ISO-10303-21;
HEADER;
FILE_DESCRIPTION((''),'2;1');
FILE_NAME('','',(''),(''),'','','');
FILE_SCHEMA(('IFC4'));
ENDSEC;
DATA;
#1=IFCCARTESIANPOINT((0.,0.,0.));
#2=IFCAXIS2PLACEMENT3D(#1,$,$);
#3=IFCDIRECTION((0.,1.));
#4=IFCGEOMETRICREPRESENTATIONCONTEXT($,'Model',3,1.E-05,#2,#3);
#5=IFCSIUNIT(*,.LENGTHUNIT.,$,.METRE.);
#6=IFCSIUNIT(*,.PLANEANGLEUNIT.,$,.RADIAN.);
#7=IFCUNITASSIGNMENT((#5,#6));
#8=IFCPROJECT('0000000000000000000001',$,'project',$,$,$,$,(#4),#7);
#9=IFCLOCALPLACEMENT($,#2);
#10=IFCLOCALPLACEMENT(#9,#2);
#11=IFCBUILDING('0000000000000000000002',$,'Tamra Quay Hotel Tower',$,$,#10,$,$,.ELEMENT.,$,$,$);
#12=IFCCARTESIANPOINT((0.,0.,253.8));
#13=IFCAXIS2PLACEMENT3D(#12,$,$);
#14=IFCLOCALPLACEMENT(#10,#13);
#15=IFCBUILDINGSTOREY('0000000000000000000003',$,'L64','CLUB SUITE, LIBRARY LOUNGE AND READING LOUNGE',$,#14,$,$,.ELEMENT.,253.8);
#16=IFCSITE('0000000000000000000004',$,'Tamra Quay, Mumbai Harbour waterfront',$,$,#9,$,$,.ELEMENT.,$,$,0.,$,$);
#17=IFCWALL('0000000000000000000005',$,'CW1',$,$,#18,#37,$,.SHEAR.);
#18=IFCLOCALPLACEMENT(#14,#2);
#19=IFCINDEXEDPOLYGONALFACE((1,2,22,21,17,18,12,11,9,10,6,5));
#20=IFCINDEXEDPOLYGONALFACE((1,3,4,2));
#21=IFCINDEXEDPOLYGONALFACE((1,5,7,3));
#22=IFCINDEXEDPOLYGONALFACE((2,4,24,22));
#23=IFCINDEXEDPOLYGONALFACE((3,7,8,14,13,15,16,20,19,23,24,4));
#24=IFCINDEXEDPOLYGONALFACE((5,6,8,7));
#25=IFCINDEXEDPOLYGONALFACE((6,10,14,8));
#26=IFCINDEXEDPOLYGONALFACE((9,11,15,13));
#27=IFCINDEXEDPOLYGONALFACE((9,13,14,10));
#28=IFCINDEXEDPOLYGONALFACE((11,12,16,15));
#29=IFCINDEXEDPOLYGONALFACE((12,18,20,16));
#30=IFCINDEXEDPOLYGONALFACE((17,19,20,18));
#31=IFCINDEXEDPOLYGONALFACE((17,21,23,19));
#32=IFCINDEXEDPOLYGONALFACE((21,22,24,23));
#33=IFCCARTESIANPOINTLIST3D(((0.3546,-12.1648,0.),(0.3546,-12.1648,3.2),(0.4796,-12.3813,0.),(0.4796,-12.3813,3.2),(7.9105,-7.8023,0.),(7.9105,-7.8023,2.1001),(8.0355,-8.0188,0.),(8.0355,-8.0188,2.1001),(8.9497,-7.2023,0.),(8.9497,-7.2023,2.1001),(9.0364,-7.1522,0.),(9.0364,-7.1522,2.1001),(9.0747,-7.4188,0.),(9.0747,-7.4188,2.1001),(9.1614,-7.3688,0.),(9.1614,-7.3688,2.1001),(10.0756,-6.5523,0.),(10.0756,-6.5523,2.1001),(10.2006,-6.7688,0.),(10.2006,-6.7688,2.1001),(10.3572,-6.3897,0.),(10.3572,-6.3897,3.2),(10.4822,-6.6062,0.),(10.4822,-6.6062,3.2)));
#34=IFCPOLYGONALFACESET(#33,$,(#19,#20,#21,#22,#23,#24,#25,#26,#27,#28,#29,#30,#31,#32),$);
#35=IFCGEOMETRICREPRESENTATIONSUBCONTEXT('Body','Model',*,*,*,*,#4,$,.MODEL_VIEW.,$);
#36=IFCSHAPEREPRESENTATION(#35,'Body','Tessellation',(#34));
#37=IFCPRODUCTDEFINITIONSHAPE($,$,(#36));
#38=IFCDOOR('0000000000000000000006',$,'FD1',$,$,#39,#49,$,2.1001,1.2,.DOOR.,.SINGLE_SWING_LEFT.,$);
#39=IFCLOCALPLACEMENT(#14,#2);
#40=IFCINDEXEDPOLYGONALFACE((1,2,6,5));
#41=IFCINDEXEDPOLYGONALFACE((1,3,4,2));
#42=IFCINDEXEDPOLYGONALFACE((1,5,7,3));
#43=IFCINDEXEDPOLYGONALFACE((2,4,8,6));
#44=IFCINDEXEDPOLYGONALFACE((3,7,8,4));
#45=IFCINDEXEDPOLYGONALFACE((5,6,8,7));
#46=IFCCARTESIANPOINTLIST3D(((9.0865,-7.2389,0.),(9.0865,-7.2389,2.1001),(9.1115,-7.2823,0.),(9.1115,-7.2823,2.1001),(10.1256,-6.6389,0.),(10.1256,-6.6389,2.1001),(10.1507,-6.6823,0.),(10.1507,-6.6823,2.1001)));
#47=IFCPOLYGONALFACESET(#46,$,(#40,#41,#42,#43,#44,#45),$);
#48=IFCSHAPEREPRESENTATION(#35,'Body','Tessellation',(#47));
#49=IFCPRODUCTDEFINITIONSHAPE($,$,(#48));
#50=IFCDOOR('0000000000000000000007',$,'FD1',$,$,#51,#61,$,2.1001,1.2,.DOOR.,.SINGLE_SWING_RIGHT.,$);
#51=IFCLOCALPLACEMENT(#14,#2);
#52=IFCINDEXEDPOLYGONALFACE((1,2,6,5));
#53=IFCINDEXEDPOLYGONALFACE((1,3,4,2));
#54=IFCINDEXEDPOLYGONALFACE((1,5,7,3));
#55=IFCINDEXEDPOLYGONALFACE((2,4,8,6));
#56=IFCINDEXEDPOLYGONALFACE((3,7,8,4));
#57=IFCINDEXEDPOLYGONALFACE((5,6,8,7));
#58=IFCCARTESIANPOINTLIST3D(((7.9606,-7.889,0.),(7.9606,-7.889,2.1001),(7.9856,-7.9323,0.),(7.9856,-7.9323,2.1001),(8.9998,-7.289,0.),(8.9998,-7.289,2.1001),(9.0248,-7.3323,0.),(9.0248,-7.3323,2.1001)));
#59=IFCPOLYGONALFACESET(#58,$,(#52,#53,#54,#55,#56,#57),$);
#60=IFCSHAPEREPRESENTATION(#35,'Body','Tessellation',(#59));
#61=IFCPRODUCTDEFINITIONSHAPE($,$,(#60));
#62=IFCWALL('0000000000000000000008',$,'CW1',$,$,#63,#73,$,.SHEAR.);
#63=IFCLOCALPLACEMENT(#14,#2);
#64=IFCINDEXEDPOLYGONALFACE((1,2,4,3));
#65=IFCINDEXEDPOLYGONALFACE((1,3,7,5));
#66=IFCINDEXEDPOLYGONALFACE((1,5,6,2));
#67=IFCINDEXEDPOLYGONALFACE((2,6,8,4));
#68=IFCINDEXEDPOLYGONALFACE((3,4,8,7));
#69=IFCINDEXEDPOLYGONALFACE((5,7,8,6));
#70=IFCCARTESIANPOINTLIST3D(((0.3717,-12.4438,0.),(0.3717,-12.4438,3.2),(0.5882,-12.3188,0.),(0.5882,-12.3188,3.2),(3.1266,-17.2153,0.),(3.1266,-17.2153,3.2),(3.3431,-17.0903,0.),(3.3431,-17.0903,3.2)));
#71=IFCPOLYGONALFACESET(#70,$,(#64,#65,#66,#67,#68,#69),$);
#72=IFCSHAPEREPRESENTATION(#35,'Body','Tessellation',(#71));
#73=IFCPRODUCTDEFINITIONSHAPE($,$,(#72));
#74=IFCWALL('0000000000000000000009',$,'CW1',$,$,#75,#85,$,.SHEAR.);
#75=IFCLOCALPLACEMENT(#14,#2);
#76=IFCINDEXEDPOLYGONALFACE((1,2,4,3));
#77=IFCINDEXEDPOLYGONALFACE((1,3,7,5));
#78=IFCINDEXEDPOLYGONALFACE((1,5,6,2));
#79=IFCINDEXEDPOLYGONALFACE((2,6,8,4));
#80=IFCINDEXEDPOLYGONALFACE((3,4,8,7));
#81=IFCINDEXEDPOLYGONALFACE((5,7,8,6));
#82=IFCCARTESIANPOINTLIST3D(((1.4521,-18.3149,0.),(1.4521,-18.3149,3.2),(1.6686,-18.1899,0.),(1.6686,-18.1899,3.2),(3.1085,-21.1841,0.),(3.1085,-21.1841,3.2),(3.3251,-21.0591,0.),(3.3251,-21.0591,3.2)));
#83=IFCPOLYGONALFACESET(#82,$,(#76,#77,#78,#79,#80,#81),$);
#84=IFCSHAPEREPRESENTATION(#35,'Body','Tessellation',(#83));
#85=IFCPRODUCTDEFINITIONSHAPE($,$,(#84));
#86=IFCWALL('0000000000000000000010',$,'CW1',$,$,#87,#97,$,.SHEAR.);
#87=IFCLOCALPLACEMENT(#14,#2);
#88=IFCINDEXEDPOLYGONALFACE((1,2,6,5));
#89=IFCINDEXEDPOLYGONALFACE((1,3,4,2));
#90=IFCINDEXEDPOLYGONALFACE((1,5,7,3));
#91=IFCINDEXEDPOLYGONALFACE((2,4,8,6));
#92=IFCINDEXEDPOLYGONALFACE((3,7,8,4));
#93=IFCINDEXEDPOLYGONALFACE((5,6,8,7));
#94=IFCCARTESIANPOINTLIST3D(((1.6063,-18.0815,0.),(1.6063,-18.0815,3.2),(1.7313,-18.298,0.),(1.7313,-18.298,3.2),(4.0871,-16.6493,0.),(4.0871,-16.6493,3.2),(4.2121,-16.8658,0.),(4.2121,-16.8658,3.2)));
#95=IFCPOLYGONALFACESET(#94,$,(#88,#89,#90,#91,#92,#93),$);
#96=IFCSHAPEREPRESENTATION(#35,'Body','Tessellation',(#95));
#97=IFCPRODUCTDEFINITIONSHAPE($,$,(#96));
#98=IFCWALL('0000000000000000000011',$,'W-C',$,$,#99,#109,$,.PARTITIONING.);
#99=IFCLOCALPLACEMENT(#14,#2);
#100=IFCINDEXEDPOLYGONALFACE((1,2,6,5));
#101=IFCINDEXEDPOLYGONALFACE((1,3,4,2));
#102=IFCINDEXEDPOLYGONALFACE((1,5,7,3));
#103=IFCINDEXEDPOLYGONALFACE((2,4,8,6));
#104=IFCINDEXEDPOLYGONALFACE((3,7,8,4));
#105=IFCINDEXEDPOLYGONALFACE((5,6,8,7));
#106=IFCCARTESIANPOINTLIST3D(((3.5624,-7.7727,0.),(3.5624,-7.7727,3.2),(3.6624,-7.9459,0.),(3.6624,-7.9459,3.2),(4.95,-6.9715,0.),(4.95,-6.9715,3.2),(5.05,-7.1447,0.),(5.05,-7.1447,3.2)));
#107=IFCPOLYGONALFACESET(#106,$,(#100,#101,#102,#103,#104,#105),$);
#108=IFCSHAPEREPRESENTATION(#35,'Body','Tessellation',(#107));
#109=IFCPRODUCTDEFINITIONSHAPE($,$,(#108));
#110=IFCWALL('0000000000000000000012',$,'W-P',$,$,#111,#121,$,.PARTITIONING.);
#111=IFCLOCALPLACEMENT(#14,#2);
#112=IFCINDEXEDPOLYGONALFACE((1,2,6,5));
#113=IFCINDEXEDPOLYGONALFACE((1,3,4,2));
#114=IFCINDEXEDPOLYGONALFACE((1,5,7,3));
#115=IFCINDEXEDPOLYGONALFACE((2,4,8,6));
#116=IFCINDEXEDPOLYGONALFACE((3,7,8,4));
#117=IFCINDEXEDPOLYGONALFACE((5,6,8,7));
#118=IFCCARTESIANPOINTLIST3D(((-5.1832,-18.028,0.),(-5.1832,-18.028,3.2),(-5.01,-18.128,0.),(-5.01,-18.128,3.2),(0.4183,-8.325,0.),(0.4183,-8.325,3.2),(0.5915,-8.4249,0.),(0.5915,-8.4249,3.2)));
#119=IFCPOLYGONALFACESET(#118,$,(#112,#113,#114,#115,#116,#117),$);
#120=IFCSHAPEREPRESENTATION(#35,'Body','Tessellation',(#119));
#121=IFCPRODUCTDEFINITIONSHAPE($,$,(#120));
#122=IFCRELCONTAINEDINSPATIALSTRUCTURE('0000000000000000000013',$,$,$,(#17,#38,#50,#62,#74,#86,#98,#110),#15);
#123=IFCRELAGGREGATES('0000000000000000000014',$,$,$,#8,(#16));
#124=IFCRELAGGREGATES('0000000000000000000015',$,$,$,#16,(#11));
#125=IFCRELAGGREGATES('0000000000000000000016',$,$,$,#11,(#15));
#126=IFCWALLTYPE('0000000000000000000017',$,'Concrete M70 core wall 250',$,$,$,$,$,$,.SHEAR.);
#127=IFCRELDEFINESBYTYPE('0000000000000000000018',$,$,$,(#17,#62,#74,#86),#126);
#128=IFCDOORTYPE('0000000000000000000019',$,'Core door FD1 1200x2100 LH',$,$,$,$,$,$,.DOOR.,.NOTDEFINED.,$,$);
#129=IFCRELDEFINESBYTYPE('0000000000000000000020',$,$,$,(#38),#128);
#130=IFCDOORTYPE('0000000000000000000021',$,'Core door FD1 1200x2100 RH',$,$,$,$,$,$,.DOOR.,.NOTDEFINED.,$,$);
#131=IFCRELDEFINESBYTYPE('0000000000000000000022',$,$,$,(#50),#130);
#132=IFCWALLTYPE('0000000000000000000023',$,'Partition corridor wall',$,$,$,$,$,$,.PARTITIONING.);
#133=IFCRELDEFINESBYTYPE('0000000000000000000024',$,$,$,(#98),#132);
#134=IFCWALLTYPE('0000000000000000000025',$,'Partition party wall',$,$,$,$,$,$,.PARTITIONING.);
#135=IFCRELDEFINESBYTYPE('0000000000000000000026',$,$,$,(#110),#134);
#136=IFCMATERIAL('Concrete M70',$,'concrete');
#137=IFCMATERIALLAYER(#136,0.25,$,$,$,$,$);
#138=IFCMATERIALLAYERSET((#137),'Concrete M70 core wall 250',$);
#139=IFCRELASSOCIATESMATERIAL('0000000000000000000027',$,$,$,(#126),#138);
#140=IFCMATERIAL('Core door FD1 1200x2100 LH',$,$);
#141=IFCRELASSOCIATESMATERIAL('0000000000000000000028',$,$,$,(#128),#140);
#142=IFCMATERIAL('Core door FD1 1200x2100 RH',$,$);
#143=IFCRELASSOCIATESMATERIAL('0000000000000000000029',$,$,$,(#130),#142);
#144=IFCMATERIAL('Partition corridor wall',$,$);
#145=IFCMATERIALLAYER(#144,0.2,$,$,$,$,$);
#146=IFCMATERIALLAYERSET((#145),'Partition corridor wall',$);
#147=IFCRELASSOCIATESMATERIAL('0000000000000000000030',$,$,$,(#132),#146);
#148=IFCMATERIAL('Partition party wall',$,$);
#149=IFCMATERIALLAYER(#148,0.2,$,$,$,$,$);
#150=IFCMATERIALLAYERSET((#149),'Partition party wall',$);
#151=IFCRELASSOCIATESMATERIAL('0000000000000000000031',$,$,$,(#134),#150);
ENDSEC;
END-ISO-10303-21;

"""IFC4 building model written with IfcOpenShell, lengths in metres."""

from ifc_helpers import new_model, si_unit, direction, frame, frame_2d, origin, place, context, subcontext, project, spatial, rectangle, extrude, material, layer, layer_set, type_object, element, fill, save


model = new_model("IFC4")

# Units and contexts
model_context = context("Model", 3, precision=1e-05, world=origin(), true_north=direction((0.0, 1.0)))
body_context = subcontext(model_context, "Body", "Model", "MODEL_VIEW")
ifc_project = project(units=[si_unit("LENGTHUNIT", "METRE"), si_unit("PLANEANGLEUNIT", "RADIAN")], contexts=[model_context])

# Site, building, storey
site_placement = place(None, origin())
site = spatial("IfcSite", under=ifc_project, at=site_placement, Name="Tamra Quay, Mumbai Harbour waterfront", CompositionType="ELEMENT", RefElevation=0.0)
building_placement = place(site_placement, origin())
building = spatial("IfcBuilding", under=site, at=building_placement, Name="Tamra Quay Hotel Tower", CompositionType="ELEMENT")
storey_placement = place(building_placement, frame((0.0, 0.0, 253.8)))
storey = spatial("IfcBuildingStorey", under=building, at=storey_placement, Name="L64", Description="CLUB SUITE, LIBRARY LOUNGE AND READING LOUNGE", CompositionType="ELEMENT", Elevation=253.8)

# Shared definitions
ifc_material_1 = material(Name="Concrete M70", Category="concrete")

# Wall, openings, doors
ifc_layer_1 = layer(ifc_material_1, 0.25)
ifc_layer_set_1 = layer_set([ifc_layer_1], Name="Concrete M70 core wall 250")
wall_type_1 = type_object("IfcWallType", Name="Concrete M70 core wall 250", PredefinedType="SHEAR", material=ifc_layer_set_1)
wall_1_placement = place(storey_placement, frame((0.4172, -12.2729, 0.0), z_axis=(0.0, 0.0, 1.0), x_axis=(0.866022, 0.500006, 0.0)))
wall_1 = element("IfcWall", 1, at=wall_1_placement, inside=storey, type_object=wall_type_1, Name="CW1", PredefinedType="SHEAR", context=body_context, shape_type="SweptSolid", body=[
    extrude(rectangle(XDim=11.55, YDim=0.25, at=frame_2d((5.7749, 0.0))), origin(), (0.0, 0.0, 1.0), 3.2),
])
opening_1_placement = place(wall_1_placement, frame((10.0247, 0.0, 0.0)))
opening_1 = element("IfcOpeningElement", 2, at=opening_1_placement, cuts=wall_1, PredefinedType="OPENING", context=body_context, shape_type="SweptSolid", body=[
    extrude(rectangle(XDim=1.2, YDim=2.1001, at=frame_2d((0.6001, 1.05))), frame((0.0, 0.135, 0.0), z_axis=(0.0, -1.0, 0.0), x_axis=(1.0, 0.0, 0.0)), (0.0, 0.0, 1.0), 0.27),
])
opening_2_placement = place(wall_1_placement, frame((8.7246, 0.0, 0.0)))
opening_2 = element("IfcOpeningElement", 3, at=opening_2_placement, cuts=wall_1, PredefinedType="OPENING", context=body_context, shape_type="SweptSolid", body=[
    extrude(rectangle(XDim=1.2, YDim=2.1001, at=frame_2d((0.6001, 1.05))), frame((0.0, 0.135, 0.0), z_axis=(0.0, -1.0, 0.0), x_axis=(1.0, 0.0, 0.0)), (0.0, 0.0, 1.0), 0.27),
])
ifc_material_2 = material(Name="Core door FD1 1200x2100 LH")
door_type_1 = type_object("IfcDoorType", Name="Core door FD1 1200x2100 LH", OperationType="NOTDEFINED", PredefinedType="DOOR", material=ifc_material_2)
door_1_placement = place(opening_1_placement, origin())
door_1 = element("IfcDoor", 4, at=door_1_placement, inside=storey, type_object=door_type_1, Name="FD1", OperationType="SINGLE_SWING_LEFT", OverallHeight=2.1001, OverallWidth=1.2, PredefinedType="DOOR", context=body_context, shape_type="SweptSolid", body=[
    extrude(rectangle(XDim=1.2, YDim=2.1001, at=frame_2d((0.6001, 1.05))), frame((0.0, 0.0249, 0.0), z_axis=(0.0, -1.0, 0.0), x_axis=(1.0, 0.0, 0.0)), (0.0, 0.0, 1.0), 0.05),
])
fill(opening_1, door_1)
ifc_material_3 = material(Name="Core door FD1 1200x2100 RH")
door_type_2 = type_object("IfcDoorType", Name="Core door FD1 1200x2100 RH", OperationType="NOTDEFINED", PredefinedType="DOOR", material=ifc_material_3)
door_2_placement = place(opening_2_placement, origin())
door_2 = element("IfcDoor", 5, at=door_2_placement, inside=storey, type_object=door_type_2, Name="FD1", OperationType="SINGLE_SWING_RIGHT", OverallHeight=2.1001, OverallWidth=1.2, PredefinedType="DOOR", context=body_context, shape_type="SweptSolid", body=[
    extrude(rectangle(XDim=1.2, YDim=2.1001, at=frame_2d((0.6001, 1.05))), frame((0.0, 0.0249, 0.0), z_axis=(0.0, -1.0, 0.0), x_axis=(1.0, 0.0, 0.0)), (0.0, 0.0, 1.0), 0.05),
])
fill(opening_2, door_2)

# Walls
wall_2_placement = place(storey_placement, frame((3.2349, -17.1528, 0.0), z_axis=(0.0, 0.0, 1.0), x_axis=(-0.500009, 0.86602, 0.0)))
element("IfcWall", 6, at=wall_2_placement, inside=storey, type_object=wall_type_1, Name="CW1", PredefinedType="SHEAR", context=body_context, shape_type="SweptSolid", body=[
    extrude(rectangle(XDim=5.5098, YDim=0.25, at=frame_2d((2.7549, 0.0))), origin(), (0.0, 0.0, 1.0), 3.2),
])
wall_3_placement = place(storey_placement, frame((3.2168, -21.1216, 0.0), z_axis=(0.0, 0.0, 1.0), x_axis=(-0.499999, 0.866026, 0.0)))
element("IfcWall", 7, at=wall_3_placement, inside=storey, type_object=wall_type_1, Name="CW1", PredefinedType="SHEAR", context=body_context, shape_type="SweptSolid", body=[
    extrude(rectangle(XDim=3.313, YDim=0.25, at=frame_2d((1.6565, 0.0))), origin(), (0.0, 0.0, 1.0), 3.2),
])
wall_4_placement = place(storey_placement, frame((1.6689, -18.1897, 0.0), z_axis=(0.0, 0.0, 1.0), x_axis=(0.866042, 0.499971, 0.0)))
element("IfcWall", 8, at=wall_4_placement, inside=storey, type_object=wall_type_1, Name="CW1", PredefinedType="SHEAR", context=body_context, shape_type="SweptSolid", body=[
    extrude(rectangle(XDim=2.8645, YDim=0.25, at=frame_2d((1.4321, 0.0))), origin(), (0.0, 0.0, 1.0), 3.2),
])
ifc_material_4 = material(Name="Partition corridor wall")
ifc_layer_2 = layer(ifc_material_4, 0.2)
ifc_layer_set_2 = layer_set([ifc_layer_2], Name="Partition corridor wall")
wall_type_2 = type_object("IfcWallType", Name="Partition corridor wall", PredefinedType="PARTITIONING", material=ifc_layer_set_2)
wall_5_placement = place(storey_placement, frame((3.6123, -7.8594, 0.0), z_axis=(0.0, 0.0, 1.0), x_axis=(0.866003, 0.500039, 0.0)))
element("IfcWall", 9, at=wall_5_placement, inside=storey, type_object=wall_type_2, Name="W-C", PredefinedType="PARTITIONING", context=body_context, shape_type="SweptSolid", body=[
    extrude(rectangle(XDim=1.6023, YDim=0.2, at=frame_2d((0.8013, 0.0))), origin(), (0.0, 0.0, 1.0), 3.2),
])
ifc_material_5 = material(Name="Partition party wall")
ifc_layer_3 = layer(ifc_material_5, 0.2)
ifc_layer_set_3 = layer_set([ifc_layer_3], Name="Partition party wall")
wall_type_3 = type_object("IfcWallType", Name="Partition party wall", PredefinedType="PARTITIONING", material=ifc_layer_set_3)
wall_6_placement = place(storey_placement, frame((-5.0967, -18.0781, 0.0), z_axis=(0.0, 0.0, 1.0), x_axis=(0.499964, 0.866046, 0.0)))
element("IfcWall", 10, at=wall_6_placement, inside=storey, type_object=wall_type_3, Name="W-P", PredefinedType="PARTITIONING", context=body_context, shape_type="SweptSolid", body=[
    extrude(rectangle(XDim=11.2039, YDim=0.2, at=frame_2d((5.6021, 0.0))), origin(), (0.0, 0.0, 1.0), 3.2),
])

save(model, "model.ifc")
